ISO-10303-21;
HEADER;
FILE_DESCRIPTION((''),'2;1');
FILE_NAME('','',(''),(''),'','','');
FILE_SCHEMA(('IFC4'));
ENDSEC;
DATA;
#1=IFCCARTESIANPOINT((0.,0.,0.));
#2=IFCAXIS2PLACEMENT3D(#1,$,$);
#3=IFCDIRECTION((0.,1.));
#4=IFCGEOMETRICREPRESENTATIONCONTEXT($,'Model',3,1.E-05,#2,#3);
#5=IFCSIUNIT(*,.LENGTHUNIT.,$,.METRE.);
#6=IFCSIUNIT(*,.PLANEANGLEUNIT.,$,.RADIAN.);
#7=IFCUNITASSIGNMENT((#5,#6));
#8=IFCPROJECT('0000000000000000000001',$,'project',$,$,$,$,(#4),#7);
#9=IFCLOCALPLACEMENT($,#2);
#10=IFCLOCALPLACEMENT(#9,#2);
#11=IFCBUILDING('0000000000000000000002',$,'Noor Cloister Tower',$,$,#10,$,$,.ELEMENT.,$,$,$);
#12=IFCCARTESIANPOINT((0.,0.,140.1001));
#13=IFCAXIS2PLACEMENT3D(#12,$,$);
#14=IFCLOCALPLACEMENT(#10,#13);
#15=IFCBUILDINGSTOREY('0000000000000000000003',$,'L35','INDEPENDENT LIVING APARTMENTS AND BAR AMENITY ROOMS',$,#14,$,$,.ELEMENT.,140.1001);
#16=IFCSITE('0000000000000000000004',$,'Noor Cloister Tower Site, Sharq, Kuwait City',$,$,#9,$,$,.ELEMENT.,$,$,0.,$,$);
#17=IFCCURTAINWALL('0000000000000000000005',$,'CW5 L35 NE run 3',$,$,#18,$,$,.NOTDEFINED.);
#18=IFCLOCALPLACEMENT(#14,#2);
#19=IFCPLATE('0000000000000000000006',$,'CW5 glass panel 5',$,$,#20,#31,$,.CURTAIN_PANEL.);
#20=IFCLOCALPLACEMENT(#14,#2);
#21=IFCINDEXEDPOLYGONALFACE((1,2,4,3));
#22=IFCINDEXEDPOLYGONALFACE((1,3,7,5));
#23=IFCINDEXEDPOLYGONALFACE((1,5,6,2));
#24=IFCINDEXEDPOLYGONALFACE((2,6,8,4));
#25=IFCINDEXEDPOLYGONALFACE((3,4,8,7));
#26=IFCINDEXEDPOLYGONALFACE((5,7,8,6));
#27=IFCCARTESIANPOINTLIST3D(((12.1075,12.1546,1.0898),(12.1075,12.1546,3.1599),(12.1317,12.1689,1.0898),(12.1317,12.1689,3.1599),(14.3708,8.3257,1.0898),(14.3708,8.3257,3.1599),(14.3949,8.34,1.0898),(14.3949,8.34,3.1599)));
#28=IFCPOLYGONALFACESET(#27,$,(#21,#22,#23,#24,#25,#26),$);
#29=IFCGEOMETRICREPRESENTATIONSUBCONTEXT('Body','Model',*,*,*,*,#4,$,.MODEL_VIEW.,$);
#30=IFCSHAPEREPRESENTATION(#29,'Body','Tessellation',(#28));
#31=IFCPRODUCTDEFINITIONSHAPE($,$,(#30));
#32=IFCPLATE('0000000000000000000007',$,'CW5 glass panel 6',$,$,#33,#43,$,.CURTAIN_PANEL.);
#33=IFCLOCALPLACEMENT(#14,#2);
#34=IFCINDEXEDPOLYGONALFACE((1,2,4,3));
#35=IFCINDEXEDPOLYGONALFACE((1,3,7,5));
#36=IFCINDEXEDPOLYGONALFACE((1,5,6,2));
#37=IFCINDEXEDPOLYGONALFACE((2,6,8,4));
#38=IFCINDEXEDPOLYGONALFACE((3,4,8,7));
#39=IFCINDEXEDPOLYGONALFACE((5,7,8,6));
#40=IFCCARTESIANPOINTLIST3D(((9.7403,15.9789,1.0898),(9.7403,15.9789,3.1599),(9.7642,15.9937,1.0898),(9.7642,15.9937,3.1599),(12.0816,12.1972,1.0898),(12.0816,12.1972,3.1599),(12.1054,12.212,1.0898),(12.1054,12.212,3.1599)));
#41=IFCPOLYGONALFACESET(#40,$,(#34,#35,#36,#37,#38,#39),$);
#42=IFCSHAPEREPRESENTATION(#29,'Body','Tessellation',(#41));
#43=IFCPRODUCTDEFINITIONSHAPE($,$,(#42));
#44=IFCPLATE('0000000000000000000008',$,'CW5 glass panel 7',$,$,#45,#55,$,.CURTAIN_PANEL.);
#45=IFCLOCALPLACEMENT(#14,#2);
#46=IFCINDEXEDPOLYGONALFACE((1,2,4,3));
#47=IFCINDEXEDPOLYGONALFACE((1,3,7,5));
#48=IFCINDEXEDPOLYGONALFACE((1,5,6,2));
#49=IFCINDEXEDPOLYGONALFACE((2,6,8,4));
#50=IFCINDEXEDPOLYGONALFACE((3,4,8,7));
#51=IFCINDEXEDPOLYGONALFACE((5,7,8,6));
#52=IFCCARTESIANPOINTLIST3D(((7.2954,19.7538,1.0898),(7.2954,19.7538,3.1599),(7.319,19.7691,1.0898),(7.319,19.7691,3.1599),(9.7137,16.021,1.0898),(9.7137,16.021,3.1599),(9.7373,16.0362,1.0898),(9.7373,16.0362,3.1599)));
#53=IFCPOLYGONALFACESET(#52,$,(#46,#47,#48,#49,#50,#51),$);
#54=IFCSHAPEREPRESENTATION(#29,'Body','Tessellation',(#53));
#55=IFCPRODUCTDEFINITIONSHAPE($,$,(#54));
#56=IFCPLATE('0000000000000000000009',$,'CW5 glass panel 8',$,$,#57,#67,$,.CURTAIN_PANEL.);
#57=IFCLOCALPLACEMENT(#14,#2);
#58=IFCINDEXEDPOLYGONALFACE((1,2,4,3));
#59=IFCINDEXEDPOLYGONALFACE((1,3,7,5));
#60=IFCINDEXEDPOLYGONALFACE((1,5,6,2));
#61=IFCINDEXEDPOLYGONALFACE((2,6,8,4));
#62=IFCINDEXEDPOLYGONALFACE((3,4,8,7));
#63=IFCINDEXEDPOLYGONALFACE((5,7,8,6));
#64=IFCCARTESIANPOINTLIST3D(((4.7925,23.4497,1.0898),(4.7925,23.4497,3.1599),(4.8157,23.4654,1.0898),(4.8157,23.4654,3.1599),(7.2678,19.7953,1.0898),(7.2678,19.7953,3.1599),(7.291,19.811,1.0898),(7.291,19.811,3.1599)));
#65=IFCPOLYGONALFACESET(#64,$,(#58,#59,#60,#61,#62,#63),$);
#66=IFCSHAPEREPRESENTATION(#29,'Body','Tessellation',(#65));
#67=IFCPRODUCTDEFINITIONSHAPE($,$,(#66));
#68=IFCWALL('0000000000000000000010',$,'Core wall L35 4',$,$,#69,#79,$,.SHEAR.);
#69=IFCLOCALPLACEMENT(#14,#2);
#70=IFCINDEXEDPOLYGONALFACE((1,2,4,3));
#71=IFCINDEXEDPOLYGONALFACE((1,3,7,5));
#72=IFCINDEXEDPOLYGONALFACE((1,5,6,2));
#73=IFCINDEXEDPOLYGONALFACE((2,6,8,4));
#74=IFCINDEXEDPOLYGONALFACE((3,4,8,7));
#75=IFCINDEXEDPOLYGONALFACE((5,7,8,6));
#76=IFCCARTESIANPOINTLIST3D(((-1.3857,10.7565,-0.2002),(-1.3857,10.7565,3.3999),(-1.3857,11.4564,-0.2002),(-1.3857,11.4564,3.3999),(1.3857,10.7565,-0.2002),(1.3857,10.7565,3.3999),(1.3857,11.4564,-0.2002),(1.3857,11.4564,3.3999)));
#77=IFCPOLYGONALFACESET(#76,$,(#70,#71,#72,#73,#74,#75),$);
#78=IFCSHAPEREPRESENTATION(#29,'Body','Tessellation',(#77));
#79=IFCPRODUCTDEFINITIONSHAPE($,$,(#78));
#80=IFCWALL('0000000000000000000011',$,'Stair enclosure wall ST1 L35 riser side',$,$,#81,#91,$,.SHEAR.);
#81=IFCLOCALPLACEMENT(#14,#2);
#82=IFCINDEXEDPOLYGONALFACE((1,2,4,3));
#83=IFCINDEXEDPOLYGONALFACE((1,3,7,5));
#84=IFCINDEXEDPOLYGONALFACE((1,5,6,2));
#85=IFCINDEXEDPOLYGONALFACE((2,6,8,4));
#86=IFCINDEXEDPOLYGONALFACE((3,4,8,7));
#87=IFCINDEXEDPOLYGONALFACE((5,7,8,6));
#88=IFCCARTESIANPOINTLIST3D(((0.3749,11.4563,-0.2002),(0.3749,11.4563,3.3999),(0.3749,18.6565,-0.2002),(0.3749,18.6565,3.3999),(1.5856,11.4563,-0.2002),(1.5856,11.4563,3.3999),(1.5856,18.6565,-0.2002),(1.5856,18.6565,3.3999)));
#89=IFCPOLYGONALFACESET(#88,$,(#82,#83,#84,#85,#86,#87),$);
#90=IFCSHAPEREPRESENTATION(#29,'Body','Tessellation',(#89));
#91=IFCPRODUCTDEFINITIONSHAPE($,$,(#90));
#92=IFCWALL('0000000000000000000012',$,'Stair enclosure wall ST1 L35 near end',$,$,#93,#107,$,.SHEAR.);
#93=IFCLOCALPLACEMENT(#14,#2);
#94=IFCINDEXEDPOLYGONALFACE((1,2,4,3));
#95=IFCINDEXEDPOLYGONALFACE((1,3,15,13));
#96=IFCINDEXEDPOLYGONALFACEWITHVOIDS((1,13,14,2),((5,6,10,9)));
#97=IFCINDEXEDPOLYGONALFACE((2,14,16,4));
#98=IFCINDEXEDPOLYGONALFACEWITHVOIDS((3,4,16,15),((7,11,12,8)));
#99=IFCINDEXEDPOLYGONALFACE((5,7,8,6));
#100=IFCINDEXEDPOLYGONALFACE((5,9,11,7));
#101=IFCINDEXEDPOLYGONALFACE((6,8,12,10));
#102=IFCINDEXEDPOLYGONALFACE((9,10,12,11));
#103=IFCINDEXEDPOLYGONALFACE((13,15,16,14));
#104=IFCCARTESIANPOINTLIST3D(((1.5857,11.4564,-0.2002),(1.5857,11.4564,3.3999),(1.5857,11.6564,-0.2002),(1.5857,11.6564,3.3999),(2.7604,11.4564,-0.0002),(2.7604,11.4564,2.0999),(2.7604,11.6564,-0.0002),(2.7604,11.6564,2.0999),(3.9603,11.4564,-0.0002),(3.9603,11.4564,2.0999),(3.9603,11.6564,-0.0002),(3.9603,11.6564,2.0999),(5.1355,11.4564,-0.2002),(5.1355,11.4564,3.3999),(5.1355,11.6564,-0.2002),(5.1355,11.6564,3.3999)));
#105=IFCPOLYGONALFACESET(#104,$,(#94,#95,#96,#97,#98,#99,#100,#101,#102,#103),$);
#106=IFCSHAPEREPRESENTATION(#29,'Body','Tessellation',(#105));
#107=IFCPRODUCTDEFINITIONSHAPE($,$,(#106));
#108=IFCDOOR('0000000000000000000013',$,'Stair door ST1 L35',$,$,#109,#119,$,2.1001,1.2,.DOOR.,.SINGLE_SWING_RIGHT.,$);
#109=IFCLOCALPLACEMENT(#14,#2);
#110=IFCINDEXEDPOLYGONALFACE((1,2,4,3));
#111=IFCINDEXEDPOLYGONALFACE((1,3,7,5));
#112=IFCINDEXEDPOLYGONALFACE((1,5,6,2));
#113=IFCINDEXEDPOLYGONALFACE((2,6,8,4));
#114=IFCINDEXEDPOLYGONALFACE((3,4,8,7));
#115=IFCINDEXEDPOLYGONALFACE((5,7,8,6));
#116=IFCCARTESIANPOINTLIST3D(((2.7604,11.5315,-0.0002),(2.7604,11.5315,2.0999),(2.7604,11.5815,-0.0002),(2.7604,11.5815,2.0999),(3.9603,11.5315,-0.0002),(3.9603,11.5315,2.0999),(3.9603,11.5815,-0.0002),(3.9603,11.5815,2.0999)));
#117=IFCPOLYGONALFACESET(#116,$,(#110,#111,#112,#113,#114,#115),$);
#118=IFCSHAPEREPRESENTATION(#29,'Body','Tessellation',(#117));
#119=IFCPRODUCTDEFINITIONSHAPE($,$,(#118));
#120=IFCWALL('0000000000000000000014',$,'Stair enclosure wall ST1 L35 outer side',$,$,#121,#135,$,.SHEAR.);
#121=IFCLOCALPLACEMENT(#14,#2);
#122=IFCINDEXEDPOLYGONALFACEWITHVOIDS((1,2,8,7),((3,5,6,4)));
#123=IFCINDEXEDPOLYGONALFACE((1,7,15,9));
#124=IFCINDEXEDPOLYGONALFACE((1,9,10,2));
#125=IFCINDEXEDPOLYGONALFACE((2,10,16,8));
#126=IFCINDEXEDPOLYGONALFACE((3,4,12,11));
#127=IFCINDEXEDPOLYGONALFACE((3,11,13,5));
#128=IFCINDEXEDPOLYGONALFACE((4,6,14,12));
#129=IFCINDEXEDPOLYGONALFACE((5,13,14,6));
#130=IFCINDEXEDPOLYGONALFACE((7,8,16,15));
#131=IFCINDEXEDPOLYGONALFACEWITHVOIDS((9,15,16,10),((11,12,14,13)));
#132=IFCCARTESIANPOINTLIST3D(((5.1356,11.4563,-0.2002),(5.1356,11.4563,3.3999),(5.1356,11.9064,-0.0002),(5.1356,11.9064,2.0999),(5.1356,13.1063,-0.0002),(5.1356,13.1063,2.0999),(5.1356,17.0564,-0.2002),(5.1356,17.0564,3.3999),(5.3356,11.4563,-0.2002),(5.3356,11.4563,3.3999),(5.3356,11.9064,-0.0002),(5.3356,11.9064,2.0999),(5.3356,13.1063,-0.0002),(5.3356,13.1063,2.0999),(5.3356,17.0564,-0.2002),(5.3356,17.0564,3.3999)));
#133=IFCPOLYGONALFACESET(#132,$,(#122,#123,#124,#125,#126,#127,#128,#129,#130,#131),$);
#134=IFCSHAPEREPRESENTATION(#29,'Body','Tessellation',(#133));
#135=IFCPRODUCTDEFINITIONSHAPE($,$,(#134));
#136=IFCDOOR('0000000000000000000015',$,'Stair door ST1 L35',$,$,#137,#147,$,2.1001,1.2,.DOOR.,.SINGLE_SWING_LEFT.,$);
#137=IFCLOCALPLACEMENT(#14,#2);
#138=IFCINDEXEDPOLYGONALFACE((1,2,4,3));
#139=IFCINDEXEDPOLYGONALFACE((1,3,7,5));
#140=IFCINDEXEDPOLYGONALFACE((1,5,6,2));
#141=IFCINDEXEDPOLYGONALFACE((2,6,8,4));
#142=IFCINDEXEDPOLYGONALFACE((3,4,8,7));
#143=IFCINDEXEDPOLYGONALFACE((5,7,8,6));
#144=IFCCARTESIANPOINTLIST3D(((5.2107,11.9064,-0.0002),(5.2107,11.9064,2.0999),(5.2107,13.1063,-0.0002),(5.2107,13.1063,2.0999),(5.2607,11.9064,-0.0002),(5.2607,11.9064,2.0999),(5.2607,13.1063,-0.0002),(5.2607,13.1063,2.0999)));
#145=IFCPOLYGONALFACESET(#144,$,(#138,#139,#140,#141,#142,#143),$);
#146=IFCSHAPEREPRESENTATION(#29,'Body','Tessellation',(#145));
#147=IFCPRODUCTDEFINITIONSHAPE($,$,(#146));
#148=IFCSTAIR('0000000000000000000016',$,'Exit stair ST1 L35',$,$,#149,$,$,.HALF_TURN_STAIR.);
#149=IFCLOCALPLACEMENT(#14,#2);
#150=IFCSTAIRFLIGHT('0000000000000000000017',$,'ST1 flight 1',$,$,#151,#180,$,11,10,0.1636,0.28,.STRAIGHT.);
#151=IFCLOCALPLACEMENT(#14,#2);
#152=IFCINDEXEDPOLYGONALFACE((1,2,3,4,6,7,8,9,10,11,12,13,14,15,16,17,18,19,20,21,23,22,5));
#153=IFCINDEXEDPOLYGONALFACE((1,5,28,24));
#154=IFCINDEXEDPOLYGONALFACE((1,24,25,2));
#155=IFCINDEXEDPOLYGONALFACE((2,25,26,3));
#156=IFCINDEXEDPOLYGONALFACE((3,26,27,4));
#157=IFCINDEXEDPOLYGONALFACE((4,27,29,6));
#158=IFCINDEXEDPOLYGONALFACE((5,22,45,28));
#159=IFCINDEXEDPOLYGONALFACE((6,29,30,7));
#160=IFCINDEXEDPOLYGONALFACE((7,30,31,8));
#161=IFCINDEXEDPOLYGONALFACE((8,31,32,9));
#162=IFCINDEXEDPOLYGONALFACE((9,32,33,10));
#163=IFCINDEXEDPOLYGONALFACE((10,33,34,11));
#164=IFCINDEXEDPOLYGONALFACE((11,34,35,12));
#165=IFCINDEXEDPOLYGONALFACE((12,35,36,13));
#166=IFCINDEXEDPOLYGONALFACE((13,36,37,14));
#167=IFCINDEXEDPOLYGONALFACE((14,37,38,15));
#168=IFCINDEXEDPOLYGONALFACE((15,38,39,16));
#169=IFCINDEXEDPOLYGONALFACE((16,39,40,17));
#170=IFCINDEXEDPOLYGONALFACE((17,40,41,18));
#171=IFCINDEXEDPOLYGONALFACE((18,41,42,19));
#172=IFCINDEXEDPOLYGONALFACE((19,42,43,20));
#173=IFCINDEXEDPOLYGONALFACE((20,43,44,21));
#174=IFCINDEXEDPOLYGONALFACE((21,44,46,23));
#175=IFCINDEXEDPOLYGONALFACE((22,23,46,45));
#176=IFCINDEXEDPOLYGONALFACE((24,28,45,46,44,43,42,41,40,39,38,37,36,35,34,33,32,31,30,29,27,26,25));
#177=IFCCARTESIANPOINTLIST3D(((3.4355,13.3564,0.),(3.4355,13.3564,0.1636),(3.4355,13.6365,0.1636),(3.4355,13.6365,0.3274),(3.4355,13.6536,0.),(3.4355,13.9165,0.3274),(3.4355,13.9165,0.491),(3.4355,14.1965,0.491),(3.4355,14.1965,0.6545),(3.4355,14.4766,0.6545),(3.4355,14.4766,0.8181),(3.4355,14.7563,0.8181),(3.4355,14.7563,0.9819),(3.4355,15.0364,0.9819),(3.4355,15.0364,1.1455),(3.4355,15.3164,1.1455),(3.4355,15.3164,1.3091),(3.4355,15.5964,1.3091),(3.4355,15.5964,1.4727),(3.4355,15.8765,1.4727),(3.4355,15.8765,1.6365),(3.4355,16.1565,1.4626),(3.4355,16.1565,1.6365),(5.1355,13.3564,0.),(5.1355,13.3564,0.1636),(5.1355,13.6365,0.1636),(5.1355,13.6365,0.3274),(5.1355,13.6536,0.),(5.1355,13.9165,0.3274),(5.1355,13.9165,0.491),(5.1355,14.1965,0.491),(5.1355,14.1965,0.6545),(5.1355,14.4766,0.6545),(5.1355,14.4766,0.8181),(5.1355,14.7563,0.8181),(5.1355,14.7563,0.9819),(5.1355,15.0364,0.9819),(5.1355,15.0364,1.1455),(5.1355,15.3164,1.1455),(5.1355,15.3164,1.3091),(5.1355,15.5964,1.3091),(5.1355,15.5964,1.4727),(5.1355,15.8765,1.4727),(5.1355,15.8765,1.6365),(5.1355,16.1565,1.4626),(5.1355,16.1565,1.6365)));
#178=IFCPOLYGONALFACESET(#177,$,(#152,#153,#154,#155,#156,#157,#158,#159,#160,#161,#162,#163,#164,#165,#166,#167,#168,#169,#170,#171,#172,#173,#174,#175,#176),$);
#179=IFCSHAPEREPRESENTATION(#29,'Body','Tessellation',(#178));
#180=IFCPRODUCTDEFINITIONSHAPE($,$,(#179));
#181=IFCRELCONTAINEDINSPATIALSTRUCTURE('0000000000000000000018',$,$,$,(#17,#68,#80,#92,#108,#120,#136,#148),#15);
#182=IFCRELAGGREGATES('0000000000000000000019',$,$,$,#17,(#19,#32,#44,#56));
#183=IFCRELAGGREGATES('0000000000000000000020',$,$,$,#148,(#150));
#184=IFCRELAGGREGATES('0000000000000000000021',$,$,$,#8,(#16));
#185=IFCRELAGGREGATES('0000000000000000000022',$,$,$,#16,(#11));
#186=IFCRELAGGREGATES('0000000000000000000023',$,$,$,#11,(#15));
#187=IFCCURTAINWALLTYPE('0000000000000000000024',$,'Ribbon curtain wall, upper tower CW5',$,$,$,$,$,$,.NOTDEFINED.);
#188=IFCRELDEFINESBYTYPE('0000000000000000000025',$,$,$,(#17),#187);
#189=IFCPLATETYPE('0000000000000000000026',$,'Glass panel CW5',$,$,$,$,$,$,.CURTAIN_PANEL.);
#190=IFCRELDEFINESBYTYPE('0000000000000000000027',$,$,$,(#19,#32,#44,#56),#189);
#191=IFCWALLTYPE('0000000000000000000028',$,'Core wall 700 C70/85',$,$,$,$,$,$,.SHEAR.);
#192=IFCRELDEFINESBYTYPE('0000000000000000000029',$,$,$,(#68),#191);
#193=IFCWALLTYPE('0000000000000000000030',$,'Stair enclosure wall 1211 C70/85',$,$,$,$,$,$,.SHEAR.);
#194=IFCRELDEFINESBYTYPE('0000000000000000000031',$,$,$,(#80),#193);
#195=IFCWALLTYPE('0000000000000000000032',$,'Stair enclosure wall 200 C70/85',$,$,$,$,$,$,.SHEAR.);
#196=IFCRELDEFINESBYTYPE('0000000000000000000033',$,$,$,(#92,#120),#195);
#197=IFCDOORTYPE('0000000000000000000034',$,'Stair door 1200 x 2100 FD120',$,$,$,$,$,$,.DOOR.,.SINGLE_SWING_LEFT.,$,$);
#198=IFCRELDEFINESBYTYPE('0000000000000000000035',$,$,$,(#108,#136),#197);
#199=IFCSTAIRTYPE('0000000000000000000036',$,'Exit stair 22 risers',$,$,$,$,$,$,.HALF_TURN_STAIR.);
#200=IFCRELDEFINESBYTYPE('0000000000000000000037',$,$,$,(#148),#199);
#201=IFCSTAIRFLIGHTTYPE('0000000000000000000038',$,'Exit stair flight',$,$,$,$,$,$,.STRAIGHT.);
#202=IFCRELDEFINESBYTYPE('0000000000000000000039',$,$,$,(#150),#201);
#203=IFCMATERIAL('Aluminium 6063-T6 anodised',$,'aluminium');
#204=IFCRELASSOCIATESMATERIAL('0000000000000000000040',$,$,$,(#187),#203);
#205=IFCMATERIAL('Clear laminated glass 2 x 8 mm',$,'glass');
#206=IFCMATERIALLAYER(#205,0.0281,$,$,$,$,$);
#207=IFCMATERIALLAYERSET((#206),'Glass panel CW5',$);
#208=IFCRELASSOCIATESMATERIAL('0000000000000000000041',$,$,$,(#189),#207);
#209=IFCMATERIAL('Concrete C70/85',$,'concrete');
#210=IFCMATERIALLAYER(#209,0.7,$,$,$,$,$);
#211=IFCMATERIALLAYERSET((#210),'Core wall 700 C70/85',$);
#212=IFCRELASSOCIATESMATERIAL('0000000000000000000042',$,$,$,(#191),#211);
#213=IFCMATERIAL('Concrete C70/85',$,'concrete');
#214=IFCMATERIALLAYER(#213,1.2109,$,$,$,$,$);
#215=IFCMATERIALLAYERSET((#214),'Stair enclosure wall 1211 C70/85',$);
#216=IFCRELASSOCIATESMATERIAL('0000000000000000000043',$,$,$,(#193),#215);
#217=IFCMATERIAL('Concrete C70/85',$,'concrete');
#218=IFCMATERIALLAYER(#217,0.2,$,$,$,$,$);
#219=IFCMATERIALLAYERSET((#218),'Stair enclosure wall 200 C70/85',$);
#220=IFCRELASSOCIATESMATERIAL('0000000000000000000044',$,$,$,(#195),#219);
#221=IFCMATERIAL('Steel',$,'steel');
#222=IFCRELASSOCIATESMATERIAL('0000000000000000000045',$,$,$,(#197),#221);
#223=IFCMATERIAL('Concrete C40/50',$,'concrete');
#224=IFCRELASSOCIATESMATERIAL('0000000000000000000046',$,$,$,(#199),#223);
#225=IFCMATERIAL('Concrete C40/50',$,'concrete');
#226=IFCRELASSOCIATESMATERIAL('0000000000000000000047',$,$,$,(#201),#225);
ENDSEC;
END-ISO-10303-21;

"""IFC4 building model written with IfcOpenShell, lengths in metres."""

from ifc_helpers import new_model, si_unit, direction, frame, frame_2d, origin, origin_2d, place, context, subcontext, project, spatial, polyline, rectangle, outline, extrude, material, layer, layer_set, type_object, element, fill, aggregate, save


model = new_model("IFC4")

# Units and contexts
model_context = context("Model", 3, precision=1e-05, world=origin(), true_north=direction((0.0, 1.0)))
body_context = subcontext(model_context, "Body", "Model", "MODEL_VIEW")
ifc_project = project(units=[si_unit("LENGTHUNIT", "METRE"), si_unit("PLANEANGLEUNIT", "RADIAN")], contexts=[model_context])

# Site, building, storey
site_placement = place(None, origin())
site = spatial("IfcSite", under=ifc_project, at=site_placement, Name="Noor Cloister Tower Site, Sharq, Kuwait City", CompositionType="ELEMENT", RefElevation=0.0)
building_placement = place(site_placement, origin())
building = spatial("IfcBuilding", under=site, at=building_placement, Name="Noor Cloister Tower", CompositionType="ELEMENT")
storey_placement = place(building_placement, frame((0.0, 0.0, 140.1001)))
storey = spatial("IfcBuildingStorey", under=building, at=storey_placement, Name="L35", Description="INDEPENDENT LIVING APARTMENTS AND BAR AMENITY ROOMS", CompositionType="ELEMENT", Elevation=140.1001)

# Curtain wall
ifc_material_1 = material(Name="Aluminium 6063-T6 anodised", Category="aluminium")
curtain_wall_type = type_object("IfcCurtainWallType", Name="Ribbon curtain wall, upper tower CW5", PredefinedType="NOTDEFINED", material=ifc_material_1)
curtain_wall_placement = place(storey_placement, origin())
curtain_wall = element("IfcCurtainWall", 1, at=curtain_wall_placement, inside=storey, type_object=curtain_wall_type, Name="CW5 L35 NE run 3", PredefinedType="NOTDEFINED")

# Plates
ifc_material_2 = material(Name="Clear laminated glass 2 x 8 mm", Category="glass")
ifc_layer_1 = layer(ifc_material_2, 0.0281)
ifc_layer_set_1 = layer_set([ifc_layer_1], Name="Glass panel CW5")
plate_type = type_object("IfcPlateType", Name="Glass panel CW5", PredefinedType="CURTAIN_PANEL", material=ifc_layer_set_1)
plate_1_placement = place(storey_placement, frame((13.2512, 10.2473, 1.0898), z_axis=(0.0, 0.0, 1.0), x_axis=(-0.508852, 0.860854, 0.0)))
plate_1 = element("IfcPlate", 2, at=plate_1_placement, type_object=plate_type, Name="CW5 glass panel 5", PredefinedType="CURTAIN_PANEL", context=body_context, shape_type="SweptSolid", body=[
    extrude(rectangle(XDim=4.4478, YDim=0.0281, at=origin_2d()), origin(), (0.0, 0.0, 1.0), 2.0701),
])
plate_2_placement = place(storey_placement, frame((10.9229, 14.0955, 1.0898), z_axis=(0.0, 0.0, 1.0), x_axis=(-0.526394, 0.850241, 0.0)))
plate_2 = element("IfcPlate", 3, at=plate_2_placement, type_object=plate_type, Name="CW5 glass panel 6", PredefinedType="CURTAIN_PANEL", context=body_context, shape_type="SweptSolid", body=[
    extrude(rectangle(XDim=4.4478, YDim=0.0281, at=origin_2d()), origin(), (0.0, 0.0, 1.0), 2.0701),
])
plate_3_placement = place(storey_placement, frame((8.5164, 17.895, 1.0898), z_axis=(0.0, 0.0, 1.0), x_axis=(-0.543715, 0.83927, 0.0)))
plate_3 = element("IfcPlate", 4, at=plate_3_placement, type_object=plate_type, Name="CW5 glass panel 7", PredefinedType="CURTAIN_PANEL", context=body_context, shape_type="SweptSolid", body=[
    extrude(rectangle(XDim=4.4478, YDim=0.0281, at=origin_2d()), origin(), (0.0, 0.0, 1.0), 2.0701),
])
plate_4_placement = place(storey_placement, frame((6.0417, 21.6304, 1.0898), z_axis=(0.0, 0.0, 1.0), x_axis=(-0.560807, 0.827946, 0.0)))
plate_4 = element("IfcPlate", 5, at=plate_4_placement, type_object=plate_type, Name="CW5 glass panel 8", PredefinedType="CURTAIN_PANEL", context=body_context, shape_type="SweptSolid", body=[
    extrude(rectangle(XDim=4.4138, YDim=0.0281, at=origin_2d()), origin(), (0.0, 0.0, 1.0), 2.0701),
])
aggregate(curtain_wall, [plate_1, plate_2, plate_3, plate_4])

# Walls
ifc_material_3 = material(Name="Concrete C70/85", Category="concrete")
ifc_layer_2 = layer(ifc_material_3, 0.7)
ifc_layer_set_2 = layer_set([ifc_layer_2], Name="Core wall 700 C70/85")
wall_type_1 = type_object("IfcWallType", Name="Core wall 700 C70/85", PredefinedType="SHEAR", material=ifc_layer_set_2)
wall_1_placement = place(storey_placement, frame((1.3857, 11.1064, -0.2002), z_axis=(0.0, 0.0, 1.0), x_axis=(-1.0, 0.0, 0.0)))
element("IfcWall", 6, at=wall_1_placement, inside=storey, type_object=wall_type_1, Name="Core wall L35 4", PredefinedType="SHEAR", context=body_context, shape_type="SweptSolid", body=[
    extrude(rectangle(XDim=2.7715, YDim=0.7, at=frame_2d((1.3857, 0.0))), origin(), (0.0, 0.0, 1.0), 3.6001),
])
ifc_material_4 = material(Name="Concrete C70/85", Category="concrete")
ifc_layer_3 = layer(ifc_material_4, 1.2109)
ifc_layer_set_3 = layer_set([ifc_layer_3], Name="Stair enclosure wall 1211 C70/85")
wall_type_2 = type_object("IfcWallType", Name="Stair enclosure wall 1211 C70/85", PredefinedType="SHEAR", material=ifc_layer_set_3)
wall_2_placement = place(storey_placement, frame((0.9802, 11.4563, -0.2002), z_axis=(0.0, 0.0, 1.0), x_axis=(0.0, 1.0, 0.0)))
element("IfcWall", 7, at=wall_2_placement, inside=storey, type_object=wall_type_2, Name="Stair enclosure wall ST1 L35 riser side", PredefinedType="SHEAR", context=body_context, shape_type="SweptSolid", body=[
    extrude(rectangle(XDim=7.2002, YDim=1.2107, at=frame_2d((3.6001, 0.0))), origin(), (0.0, 0.0, 1.0), 3.6001),
])

# Walls, openings, doors
ifc_material_5 = material(Name="Concrete C70/85", Category="concrete")
ifc_layer_4 = layer(ifc_material_5, 0.2)
ifc_layer_set_4 = layer_set([ifc_layer_4], Name="Stair enclosure wall 200 C70/85")
wall_type_3 = type_object("IfcWallType", Name="Stair enclosure wall 200 C70/85", PredefinedType="SHEAR", material=ifc_layer_set_4)
wall_3_placement = place(storey_placement, frame((5.1355, 11.5564, -0.2002), z_axis=(0.0, 0.0, 1.0), x_axis=(-1.0, 0.0, 0.0)))
wall_3 = element("IfcWall", 8, at=wall_3_placement, inside=storey, type_object=wall_type_3, Name="Stair enclosure wall ST1 L35 near end", PredefinedType="SHEAR", context=body_context, shape_type="SweptSolid", body=[
    extrude(rectangle(XDim=3.5498, YDim=0.2, at=frame_2d((1.7749, 0.0))), origin(), (0.0, 0.0, 1.0), 3.6001),
])
opening_1_placement = place(wall_3_placement, frame((1.175, 0.0, 0.2)))
opening_1 = element("IfcOpeningElement", 9, at=opening_1_placement, cuts=wall_3, PredefinedType="OPENING", context=body_context, shape_type="SweptSolid", body=[
    extrude(rectangle(XDim=1.2, YDim=2.1001, at=frame_2d((0.6001, 1.05))), frame((0.0, 0.1099, 0.0), z_axis=(0.0, -1.0, 0.0), x_axis=(1.0, 0.0, 0.0)), (0.0, 0.0, 1.0), 0.22),
])
ifc_material_6 = material(Name="Steel", Category="steel")
door_type = type_object("IfcDoorType", Name="Stair door 1200 x 2100 FD120", OperationType="SINGLE_SWING_LEFT", PredefinedType="DOOR", material=ifc_material_6)
door_1_placement = place(opening_1_placement, origin())
door_1 = element("IfcDoor", 10, at=door_1_placement, inside=storey, type_object=door_type, Name="Stair door ST1 L35", OperationType="SINGLE_SWING_RIGHT", OverallHeight=2.1001, OverallWidth=1.2, PredefinedType="DOOR", context=body_context, shape_type="SweptSolid", body=[
    extrude(rectangle(XDim=1.2, YDim=2.1001, at=frame_2d((0.6001, 1.05))), frame((0.0, 0.0249, 0.0), z_axis=(0.0, -1.0, 0.0), x_axis=(1.0, 0.0, 0.0)), (0.0, 0.0, 1.0), 0.05),
])
fill(opening_1, door_1)
wall_4_placement = place(storey_placement, frame((5.2356, 11.4563, -0.2002), z_axis=(0.0, 0.0, 1.0), x_axis=(0.0, 1.0, 0.0)))
wall_4 = element("IfcWall", 11, at=wall_4_placement, inside=storey, type_object=wall_type_3, Name="Stair enclosure wall ST1 L35 outer side", PredefinedType="SHEAR", context=body_context, shape_type="SweptSolid", body=[
    extrude(rectangle(XDim=5.6001, YDim=0.2, at=frame_2d((2.8, 0.0))), origin(), (0.0, 0.0, 1.0), 3.6001),
])
opening_2_placement = place(wall_4_placement, frame((0.45, 0.0, 0.2)))
opening_2 = element("IfcOpeningElement", 12, at=opening_2_placement, cuts=wall_4, PredefinedType="OPENING", context=body_context, shape_type="SweptSolid", body=[
    extrude(rectangle(XDim=1.2, YDim=2.1001, at=frame_2d((0.6001, 1.05))), frame((0.0, 0.1099, 0.0), z_axis=(0.0, -1.0, 0.0), x_axis=(1.0, 0.0, 0.0)), (0.0, 0.0, 1.0), 0.22),
])
door_2_placement = place(opening_2_placement, origin())
door_2 = element("IfcDoor", 13, at=door_2_placement, inside=storey, type_object=door_type, Name="Stair door ST1 L35", OperationType="SINGLE_SWING_LEFT", OverallHeight=2.1001, OverallWidth=1.2, PredefinedType="DOOR", context=body_context, shape_type="SweptSolid", body=[
    extrude(rectangle(XDim=1.2, YDim=2.1001, at=frame_2d((0.6001, 1.05))), frame((0.0, 0.0249, 0.0), z_axis=(0.0, -1.0, 0.0), x_axis=(1.0, 0.0, 0.0)), (0.0, 0.0, 1.0), 0.05),
])
fill(opening_2, door_2)

# Stair, stair flight
ifc_material_7 = material(Name="Concrete C40/50", Category="concrete")
stair_type = type_object("IfcStairType", Name="Exit stair 22 risers", PredefinedType="HALF_TURN_STAIR", material=ifc_material_7)
stair_placement = place(storey_placement, origin())
stair = element("IfcStair", 14, at=stair_placement, inside=storey, type_object=stair_type, Name="Exit stair ST1 L35", PredefinedType="HALF_TURN_STAIR")
ifc_material_8 = material(Name="Concrete C40/50", Category="concrete")
stair_flight_type = type_object("IfcStairFlightType", Name="Exit stair flight", PredefinedType="STRAIGHT", material=ifc_material_8)
stair_flight_1_placement = place(storey_placement, frame((4.2856, 13.3564, 0.0), z_axis=(0.0, 0.0, 1.0), x_axis=(0.0, 1.0, 0.0)))
stair_flight_1 = element("IfcStairFlight", 15, at=stair_flight_1_placement, type_object=stair_flight_type, Name="ST1 flight 1", NumberOfRisers=11, NumberOfTreads=10, PredefinedType="STRAIGHT", RiserHeight=0.1636, TreadLength=0.28, context=body_context, shape_type="SweptSolid", body=[
    extrude(outline(polyline([(0.0, 0.0), (0.0, 0.1636), (0.28, 0.1636), (0.28, 0.3274), (0.5601, 0.3274), (0.5601, 0.491), (0.8401, 0.491), (0.8401, 0.6545), (1.1201, 0.6545), (1.1201, 0.8181), (1.3999, 0.8181), (1.3999, 0.9819), (1.6799, 0.9819), (1.6799, 1.1455), (1.96, 1.1455), (1.96, 1.3091), (2.24, 1.3091), (2.24, 1.4727), (2.52, 1.4727), (2.52, 1.6365), (2.8, 1.6365), (2.8, 1.8), (2.8, 1.4626), (0.2971, 0.0), (0.0, 0.0)])), frame((0.0, 0.8501, 0.0), z_axis=(0.0, -1.0, 0.0), x_axis=(1.0, 0.0, 0.0)), (0.0, 0.0, 1.0), 1.7),
])
aggregate(stair, [stair_flight_1])

save(model, "model.ifc")
